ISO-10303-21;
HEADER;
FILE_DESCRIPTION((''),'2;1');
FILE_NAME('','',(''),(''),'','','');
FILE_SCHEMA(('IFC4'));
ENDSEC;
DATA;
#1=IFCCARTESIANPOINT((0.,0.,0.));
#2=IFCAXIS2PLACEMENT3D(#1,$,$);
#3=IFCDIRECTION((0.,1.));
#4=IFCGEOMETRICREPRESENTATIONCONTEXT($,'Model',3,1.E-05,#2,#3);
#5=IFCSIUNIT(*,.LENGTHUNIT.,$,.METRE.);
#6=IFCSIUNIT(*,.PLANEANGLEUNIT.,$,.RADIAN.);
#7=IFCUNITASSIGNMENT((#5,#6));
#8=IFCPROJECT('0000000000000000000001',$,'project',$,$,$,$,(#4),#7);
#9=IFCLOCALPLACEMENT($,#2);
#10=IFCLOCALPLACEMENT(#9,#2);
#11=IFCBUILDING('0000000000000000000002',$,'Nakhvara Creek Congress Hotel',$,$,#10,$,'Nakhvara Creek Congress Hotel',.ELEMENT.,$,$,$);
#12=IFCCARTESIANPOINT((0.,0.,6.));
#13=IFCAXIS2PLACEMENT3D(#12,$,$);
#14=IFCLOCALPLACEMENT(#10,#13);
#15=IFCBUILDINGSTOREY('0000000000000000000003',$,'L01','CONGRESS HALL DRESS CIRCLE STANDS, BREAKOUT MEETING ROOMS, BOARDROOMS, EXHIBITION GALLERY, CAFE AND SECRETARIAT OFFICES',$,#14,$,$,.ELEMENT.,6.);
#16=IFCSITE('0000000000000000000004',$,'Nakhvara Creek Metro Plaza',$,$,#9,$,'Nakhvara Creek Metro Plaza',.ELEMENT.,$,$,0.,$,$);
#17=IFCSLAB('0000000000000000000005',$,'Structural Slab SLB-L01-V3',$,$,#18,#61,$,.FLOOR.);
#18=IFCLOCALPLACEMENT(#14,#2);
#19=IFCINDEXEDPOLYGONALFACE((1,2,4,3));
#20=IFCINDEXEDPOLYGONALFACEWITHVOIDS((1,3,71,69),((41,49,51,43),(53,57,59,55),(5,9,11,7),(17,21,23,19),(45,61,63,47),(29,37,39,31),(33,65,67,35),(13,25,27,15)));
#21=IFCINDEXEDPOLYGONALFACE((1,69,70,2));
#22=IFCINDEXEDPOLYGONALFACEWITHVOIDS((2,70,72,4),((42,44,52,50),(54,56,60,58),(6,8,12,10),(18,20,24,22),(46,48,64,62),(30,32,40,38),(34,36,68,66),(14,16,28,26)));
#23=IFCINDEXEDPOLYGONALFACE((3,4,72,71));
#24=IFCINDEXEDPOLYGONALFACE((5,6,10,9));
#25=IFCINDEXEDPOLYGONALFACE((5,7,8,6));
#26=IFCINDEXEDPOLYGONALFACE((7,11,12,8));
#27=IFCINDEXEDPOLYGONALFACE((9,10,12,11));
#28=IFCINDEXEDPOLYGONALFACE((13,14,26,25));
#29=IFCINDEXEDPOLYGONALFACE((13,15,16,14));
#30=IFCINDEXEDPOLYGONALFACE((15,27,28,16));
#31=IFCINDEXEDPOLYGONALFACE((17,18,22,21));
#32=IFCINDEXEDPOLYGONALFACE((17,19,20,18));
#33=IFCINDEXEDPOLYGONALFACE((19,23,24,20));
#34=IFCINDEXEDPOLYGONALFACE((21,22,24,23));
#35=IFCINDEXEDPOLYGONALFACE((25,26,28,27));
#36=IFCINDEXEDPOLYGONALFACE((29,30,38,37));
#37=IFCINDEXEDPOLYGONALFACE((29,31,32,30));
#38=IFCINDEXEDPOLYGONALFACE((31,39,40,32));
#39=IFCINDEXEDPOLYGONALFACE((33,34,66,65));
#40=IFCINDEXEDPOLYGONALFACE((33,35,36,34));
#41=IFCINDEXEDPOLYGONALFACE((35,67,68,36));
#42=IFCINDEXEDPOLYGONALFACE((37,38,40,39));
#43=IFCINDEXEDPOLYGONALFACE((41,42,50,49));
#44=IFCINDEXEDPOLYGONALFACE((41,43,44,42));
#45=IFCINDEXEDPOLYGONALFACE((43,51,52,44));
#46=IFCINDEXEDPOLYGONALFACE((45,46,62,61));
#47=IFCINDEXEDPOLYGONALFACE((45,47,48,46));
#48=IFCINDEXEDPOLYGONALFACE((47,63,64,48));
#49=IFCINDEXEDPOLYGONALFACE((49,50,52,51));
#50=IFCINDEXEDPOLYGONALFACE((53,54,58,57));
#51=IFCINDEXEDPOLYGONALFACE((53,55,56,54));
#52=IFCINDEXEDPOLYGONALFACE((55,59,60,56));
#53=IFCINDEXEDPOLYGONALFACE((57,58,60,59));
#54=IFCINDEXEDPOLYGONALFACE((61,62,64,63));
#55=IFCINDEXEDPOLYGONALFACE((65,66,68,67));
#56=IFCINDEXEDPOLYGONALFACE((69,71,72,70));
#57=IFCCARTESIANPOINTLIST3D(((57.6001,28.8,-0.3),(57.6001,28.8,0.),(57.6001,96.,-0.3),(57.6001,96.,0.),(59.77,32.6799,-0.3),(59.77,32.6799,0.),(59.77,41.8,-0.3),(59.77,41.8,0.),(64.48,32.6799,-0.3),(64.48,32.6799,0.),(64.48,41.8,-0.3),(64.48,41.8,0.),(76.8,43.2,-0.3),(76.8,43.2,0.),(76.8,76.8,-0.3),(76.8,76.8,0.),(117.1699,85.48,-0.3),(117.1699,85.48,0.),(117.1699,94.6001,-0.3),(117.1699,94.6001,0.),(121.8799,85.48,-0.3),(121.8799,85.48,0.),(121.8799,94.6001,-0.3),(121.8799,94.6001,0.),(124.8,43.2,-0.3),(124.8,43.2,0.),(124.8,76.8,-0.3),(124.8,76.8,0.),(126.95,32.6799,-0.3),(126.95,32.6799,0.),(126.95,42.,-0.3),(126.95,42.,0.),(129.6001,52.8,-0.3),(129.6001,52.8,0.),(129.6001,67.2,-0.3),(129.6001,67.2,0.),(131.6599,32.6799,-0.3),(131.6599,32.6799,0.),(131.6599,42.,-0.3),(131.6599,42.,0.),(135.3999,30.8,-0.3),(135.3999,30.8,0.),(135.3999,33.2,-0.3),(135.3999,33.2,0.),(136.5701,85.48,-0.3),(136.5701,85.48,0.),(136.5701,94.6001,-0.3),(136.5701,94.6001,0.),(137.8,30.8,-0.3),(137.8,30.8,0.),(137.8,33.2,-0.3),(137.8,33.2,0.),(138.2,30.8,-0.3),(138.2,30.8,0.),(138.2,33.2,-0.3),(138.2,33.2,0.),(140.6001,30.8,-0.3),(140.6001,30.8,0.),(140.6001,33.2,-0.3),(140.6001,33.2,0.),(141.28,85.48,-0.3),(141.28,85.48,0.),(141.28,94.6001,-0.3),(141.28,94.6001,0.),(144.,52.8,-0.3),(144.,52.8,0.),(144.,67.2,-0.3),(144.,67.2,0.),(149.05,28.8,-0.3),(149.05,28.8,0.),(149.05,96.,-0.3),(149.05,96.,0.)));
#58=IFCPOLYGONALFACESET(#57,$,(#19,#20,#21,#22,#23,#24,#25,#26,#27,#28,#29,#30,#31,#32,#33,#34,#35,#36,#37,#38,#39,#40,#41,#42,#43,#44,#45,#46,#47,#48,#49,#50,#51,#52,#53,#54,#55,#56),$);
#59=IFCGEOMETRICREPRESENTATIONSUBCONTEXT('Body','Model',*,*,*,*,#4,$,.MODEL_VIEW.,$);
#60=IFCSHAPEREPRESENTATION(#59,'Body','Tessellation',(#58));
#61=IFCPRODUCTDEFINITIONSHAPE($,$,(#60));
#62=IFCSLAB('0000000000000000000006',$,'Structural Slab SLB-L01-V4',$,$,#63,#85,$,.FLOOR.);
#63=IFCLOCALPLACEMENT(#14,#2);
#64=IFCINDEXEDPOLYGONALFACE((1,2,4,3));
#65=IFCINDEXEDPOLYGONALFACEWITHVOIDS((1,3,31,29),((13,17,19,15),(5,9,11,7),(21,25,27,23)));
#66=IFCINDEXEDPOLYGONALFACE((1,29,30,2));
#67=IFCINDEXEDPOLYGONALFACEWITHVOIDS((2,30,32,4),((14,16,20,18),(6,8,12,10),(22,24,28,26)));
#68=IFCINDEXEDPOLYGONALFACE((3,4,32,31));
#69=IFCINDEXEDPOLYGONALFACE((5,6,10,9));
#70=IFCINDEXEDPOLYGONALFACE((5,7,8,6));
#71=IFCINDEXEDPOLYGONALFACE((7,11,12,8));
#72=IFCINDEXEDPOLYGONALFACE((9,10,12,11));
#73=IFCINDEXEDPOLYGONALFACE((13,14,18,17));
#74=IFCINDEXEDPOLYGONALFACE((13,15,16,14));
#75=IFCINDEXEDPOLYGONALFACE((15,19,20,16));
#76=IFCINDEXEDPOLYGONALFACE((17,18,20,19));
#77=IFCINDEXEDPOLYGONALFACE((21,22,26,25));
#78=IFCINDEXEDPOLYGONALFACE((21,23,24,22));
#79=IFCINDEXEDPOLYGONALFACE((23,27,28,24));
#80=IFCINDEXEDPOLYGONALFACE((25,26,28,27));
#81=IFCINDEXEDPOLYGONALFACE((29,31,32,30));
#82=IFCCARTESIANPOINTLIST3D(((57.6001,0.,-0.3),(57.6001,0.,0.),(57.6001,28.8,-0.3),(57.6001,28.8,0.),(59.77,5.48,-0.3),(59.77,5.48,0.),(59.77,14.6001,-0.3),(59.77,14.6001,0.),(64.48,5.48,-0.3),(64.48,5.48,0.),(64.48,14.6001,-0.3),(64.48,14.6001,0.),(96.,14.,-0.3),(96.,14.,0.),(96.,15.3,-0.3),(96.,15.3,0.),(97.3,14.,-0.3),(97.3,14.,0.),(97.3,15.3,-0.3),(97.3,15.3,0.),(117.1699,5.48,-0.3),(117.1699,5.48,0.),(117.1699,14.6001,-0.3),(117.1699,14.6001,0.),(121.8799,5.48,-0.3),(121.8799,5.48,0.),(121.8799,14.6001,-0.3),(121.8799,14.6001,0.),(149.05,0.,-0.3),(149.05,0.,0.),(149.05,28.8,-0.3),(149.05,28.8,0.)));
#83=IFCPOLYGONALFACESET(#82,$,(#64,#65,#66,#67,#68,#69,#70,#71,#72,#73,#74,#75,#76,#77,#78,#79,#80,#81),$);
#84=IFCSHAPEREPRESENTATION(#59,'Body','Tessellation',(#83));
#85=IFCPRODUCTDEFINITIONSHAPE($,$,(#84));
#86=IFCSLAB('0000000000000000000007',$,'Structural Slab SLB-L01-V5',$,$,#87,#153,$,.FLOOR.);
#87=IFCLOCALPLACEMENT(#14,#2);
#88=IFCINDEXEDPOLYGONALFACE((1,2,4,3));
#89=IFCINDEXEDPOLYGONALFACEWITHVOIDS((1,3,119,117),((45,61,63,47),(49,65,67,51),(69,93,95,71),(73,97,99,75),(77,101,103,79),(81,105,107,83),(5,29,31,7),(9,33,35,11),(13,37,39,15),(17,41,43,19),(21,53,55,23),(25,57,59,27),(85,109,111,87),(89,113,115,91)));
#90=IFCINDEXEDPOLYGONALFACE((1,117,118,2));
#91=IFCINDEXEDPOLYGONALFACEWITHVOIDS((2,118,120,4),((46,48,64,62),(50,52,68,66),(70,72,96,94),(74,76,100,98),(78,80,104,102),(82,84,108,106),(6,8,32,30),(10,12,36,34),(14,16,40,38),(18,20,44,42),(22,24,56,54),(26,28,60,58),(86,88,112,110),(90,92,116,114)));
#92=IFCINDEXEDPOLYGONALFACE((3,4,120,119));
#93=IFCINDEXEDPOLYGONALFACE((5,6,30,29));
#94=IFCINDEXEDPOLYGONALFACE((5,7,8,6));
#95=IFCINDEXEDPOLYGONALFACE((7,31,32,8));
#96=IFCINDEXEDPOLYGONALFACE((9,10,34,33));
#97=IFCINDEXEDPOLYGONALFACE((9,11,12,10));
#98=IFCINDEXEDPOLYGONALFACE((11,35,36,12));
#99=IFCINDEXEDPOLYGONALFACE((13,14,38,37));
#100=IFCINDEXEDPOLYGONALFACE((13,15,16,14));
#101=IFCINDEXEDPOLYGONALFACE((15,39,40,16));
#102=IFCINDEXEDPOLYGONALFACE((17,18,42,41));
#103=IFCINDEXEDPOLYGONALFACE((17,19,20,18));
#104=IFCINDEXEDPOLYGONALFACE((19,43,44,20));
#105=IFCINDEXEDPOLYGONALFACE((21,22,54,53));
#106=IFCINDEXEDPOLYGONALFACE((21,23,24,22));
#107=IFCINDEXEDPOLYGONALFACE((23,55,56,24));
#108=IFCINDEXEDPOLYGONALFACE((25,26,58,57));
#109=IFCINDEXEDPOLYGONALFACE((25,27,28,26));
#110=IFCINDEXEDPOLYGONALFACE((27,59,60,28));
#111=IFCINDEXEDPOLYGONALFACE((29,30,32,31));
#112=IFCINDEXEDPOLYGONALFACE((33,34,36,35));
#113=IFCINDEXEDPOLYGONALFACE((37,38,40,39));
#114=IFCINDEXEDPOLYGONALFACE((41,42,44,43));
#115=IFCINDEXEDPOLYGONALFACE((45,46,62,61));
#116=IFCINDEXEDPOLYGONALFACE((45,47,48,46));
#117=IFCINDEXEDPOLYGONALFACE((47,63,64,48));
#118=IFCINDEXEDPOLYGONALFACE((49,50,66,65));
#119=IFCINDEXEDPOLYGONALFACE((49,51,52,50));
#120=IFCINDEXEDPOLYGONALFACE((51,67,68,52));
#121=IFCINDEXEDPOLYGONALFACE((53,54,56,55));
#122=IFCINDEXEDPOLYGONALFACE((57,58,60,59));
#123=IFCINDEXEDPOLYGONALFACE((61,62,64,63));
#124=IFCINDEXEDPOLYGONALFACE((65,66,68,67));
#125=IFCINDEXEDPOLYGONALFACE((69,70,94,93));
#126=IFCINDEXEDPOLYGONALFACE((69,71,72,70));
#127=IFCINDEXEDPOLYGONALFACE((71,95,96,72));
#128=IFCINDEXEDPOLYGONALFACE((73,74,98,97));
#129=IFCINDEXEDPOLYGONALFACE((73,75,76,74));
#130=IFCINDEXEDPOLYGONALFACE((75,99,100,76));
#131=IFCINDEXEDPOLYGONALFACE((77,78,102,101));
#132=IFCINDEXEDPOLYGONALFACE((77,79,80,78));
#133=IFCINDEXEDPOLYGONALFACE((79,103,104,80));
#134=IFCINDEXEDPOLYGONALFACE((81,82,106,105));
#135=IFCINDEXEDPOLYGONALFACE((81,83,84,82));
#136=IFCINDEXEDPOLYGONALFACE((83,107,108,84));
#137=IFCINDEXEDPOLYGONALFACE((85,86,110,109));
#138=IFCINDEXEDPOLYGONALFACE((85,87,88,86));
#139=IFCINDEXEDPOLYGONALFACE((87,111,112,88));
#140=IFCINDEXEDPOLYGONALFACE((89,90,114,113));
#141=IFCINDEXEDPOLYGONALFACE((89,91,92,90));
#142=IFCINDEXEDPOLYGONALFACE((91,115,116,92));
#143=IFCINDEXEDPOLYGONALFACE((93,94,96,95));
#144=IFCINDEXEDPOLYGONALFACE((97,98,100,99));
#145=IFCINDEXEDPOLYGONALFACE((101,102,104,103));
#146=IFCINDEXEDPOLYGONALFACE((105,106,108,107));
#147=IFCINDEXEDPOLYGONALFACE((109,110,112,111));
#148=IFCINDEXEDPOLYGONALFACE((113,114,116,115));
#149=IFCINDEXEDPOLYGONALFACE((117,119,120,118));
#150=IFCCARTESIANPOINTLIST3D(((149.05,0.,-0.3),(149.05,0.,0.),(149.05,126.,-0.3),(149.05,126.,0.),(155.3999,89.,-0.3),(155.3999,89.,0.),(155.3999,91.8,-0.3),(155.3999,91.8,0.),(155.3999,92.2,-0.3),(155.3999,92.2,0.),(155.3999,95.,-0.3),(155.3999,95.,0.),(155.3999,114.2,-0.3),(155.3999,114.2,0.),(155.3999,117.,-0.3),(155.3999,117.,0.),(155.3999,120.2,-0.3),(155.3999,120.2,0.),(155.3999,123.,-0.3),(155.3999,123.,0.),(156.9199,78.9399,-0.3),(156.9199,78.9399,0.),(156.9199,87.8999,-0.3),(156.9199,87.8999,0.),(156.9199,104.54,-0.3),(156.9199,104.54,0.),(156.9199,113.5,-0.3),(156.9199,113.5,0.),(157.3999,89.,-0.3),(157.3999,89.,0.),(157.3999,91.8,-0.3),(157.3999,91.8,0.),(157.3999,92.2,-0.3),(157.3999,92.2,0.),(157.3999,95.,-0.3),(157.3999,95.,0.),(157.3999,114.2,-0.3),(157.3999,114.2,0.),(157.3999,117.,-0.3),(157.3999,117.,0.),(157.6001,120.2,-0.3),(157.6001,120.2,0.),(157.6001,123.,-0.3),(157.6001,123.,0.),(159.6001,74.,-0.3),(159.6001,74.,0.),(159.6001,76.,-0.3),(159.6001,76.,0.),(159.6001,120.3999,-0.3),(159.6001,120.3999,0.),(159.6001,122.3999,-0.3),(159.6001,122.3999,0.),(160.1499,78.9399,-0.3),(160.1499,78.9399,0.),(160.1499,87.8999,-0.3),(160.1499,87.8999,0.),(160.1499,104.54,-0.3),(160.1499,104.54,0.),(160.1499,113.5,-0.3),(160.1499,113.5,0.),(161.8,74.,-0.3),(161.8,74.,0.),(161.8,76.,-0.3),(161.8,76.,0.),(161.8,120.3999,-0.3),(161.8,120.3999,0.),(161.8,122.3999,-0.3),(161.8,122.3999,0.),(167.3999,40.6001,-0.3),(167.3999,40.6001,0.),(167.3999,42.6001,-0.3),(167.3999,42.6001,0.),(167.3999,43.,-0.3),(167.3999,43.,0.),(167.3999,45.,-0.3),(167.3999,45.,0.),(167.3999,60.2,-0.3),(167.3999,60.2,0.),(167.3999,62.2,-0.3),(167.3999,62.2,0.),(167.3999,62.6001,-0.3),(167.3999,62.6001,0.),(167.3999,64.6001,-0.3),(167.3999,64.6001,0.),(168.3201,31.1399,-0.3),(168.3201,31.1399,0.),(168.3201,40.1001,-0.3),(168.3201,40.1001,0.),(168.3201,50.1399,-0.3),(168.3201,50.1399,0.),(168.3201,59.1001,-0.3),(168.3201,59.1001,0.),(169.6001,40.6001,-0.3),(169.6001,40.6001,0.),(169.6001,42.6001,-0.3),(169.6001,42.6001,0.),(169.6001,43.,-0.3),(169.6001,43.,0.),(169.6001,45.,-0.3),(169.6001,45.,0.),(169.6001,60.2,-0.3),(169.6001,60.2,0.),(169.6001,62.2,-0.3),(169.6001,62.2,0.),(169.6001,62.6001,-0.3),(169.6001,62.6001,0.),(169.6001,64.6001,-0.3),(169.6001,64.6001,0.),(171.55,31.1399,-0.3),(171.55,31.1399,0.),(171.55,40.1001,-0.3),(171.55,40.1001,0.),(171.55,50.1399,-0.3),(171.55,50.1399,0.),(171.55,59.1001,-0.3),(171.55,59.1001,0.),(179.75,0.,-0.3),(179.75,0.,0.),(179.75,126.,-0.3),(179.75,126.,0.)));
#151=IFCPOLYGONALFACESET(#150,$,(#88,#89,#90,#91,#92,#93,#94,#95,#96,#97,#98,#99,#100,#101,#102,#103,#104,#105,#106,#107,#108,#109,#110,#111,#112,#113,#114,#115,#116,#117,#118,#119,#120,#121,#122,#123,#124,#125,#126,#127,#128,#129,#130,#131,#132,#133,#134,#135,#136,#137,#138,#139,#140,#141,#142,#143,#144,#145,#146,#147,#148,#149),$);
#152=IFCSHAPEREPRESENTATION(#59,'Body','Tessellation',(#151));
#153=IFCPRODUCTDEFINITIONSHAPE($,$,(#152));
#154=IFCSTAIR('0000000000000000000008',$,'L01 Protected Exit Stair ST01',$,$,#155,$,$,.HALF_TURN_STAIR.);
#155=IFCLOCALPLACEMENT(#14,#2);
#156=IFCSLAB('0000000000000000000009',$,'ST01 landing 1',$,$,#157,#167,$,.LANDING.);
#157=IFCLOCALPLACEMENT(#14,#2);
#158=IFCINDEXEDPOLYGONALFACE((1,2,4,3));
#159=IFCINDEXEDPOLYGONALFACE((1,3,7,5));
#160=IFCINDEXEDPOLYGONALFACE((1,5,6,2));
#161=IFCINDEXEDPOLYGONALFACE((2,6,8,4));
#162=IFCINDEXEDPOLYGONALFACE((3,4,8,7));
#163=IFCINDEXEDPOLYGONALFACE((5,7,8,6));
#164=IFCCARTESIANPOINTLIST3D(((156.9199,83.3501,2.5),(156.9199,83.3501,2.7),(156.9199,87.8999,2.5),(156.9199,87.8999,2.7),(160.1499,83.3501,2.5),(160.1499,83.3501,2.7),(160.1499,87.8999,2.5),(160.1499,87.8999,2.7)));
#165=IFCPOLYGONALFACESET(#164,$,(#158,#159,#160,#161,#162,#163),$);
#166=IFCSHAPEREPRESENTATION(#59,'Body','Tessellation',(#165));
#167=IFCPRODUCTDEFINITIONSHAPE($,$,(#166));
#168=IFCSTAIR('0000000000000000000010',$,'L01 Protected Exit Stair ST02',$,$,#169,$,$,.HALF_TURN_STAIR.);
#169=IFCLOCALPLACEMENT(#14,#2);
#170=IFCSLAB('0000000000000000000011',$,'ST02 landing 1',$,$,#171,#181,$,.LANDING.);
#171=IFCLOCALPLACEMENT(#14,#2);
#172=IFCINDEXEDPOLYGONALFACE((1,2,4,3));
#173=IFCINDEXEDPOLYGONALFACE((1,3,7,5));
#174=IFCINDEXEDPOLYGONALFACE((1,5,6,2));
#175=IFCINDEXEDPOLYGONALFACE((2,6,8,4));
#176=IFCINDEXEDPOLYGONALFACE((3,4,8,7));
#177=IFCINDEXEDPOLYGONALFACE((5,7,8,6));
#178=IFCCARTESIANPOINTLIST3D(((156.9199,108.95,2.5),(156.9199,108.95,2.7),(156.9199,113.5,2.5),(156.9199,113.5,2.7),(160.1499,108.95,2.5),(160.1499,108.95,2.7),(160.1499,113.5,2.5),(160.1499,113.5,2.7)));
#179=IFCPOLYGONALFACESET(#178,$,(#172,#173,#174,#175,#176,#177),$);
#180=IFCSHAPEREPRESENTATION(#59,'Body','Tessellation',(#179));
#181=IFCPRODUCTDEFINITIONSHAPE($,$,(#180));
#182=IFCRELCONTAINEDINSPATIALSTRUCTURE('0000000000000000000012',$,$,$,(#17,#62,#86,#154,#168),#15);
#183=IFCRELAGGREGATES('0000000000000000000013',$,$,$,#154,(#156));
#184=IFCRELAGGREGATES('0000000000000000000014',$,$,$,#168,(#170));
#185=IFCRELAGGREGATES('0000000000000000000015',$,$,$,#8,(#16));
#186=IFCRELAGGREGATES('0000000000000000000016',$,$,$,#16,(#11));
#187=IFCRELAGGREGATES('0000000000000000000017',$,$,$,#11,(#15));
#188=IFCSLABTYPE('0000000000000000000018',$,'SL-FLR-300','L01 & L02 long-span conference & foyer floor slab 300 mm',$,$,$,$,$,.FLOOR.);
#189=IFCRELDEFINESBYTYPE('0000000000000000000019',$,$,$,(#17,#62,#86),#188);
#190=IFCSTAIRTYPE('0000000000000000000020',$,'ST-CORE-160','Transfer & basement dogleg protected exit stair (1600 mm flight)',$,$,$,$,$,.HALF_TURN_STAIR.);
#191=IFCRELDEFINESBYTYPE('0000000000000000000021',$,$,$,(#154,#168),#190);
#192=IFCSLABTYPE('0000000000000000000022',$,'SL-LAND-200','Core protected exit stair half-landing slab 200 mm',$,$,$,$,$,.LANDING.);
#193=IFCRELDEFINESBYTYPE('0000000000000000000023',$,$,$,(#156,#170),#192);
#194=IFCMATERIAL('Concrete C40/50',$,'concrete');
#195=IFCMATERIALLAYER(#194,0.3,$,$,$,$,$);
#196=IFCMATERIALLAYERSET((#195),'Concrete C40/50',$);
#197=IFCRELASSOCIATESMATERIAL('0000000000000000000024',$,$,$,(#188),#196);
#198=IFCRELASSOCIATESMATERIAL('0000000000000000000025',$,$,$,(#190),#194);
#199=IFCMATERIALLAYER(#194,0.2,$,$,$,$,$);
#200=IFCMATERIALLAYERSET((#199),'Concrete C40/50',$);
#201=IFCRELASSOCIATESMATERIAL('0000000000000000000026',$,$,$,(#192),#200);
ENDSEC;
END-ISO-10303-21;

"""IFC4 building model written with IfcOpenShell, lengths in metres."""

from ifc_helpers import new_model, si_unit, direction, frame, origin, place, context, subcontext, project, spatial, polyline, outline, extrude, material, layer, layer_set, type_object, element, aggregate, save


model = new_model("IFC4")

# Units and contexts
model_context = context("Model", 3, precision=1e-05, world=origin(), true_north=direction((0.0, 1.0)))
body_context = subcontext(model_context, "Body", "Model", "MODEL_VIEW")
ifc_project = project(units=[si_unit("LENGTHUNIT", "METRE"), si_unit("PLANEANGLEUNIT", "RADIAN")], contexts=[model_context])

# Site, building, storey
site_placement = place(None, origin())
site = spatial("IfcSite", under=ifc_project, at=site_placement, Name="Nakhvara Creek Metro Plaza", LongName="Nakhvara Creek Metro Plaza", CompositionType="ELEMENT", RefElevation=0.0)
building_placement = place(site_placement, origin())
building = spatial("IfcBuilding", under=site, at=building_placement, Name="Nakhvara Creek Congress Hotel", LongName="Nakhvara Creek Congress Hotel", CompositionType="ELEMENT")
storey_placement = place(building_placement, frame((0.0, 0.0, 6.0)))
storey = spatial("IfcBuildingStorey", under=building, at=storey_placement, Name="L01", Description="CONGRESS HALL DRESS CIRCLE STANDS, BREAKOUT MEETING ROOMS, BOARDROOMS, EXHIBITION GALLERY, CAFE AND SECRETARIAT OFFICES", CompositionType="ELEMENT", Elevation=6.0)

# Slabs
ifc_material_1 = material(Name="Concrete C40/50", Category="concrete")
ifc_layer_1 = layer(ifc_material_1, 0.3)
ifc_layer_set_1 = layer_set([ifc_layer_1], Name="Concrete C40/50")
slab_type_1 = type_object("IfcSlabType", Name="SL-FLR-300", Description="L01 & L02 long-span conference & foyer floor slab 300 mm", PredefinedType="FLOOR", material=ifc_layer_set_1)
slab_1_placement = place(storey_placement, frame((0.0, 0.0, -0.3)))
element("IfcSlab", 1, at=slab_1_placement, inside=storey, type_object=slab_type_1, Name="Structural Slab SLB-L01-V3", PredefinedType="FLOOR", context=body_context, shape_type="SweptSolid", body=[
    extrude(outline(polyline([(57.6001, 96.0), (149.05, 96.0), (149.05, 28.8), (57.6001, 28.8), (57.6001, 96.0)]), holes=[polyline([(137.8, 30.8), (137.8, 33.2), (135.3999, 33.2), (135.3999, 30.8), (137.8, 30.8)]), polyline([(140.6001, 30.8), (140.6001, 33.2), (138.2, 33.2), (138.2, 30.8), (140.6001, 30.8)]), polyline([(64.48, 41.8), (59.77, 41.8), (59.77, 32.6799), (64.48, 32.6799), (64.48, 41.8)]), polyline([(131.6599, 42.0), (126.95, 42.0), (126.95, 32.6799), (131.6599, 32.6799), (131.6599, 42.0)]), polyline([(124.8, 43.2), (124.8, 76.8), (76.8, 76.8), (76.8, 43.2), (124.8, 43.2)]), polyline([(144.0, 52.8), (144.0, 67.2), (129.6001, 67.2), (129.6001, 52.8), (144.0, 52.8)]), polyline([(121.8799, 94.6001), (117.1699, 94.6001), (117.1699, 85.48), (121.8799, 85.48), (121.8799, 94.6001)]), polyline([(141.28, 94.6001), (136.5701, 94.6001), (136.5701, 85.48), (141.28, 85.48), (141.28, 94.6001)])]), origin(), (0.0, 0.0, 1.0), 0.3),
])
slab_2_placement = place(storey_placement, frame((0.0, 0.0, -0.3)))
element("IfcSlab", 2, at=slab_2_placement, inside=storey, type_object=slab_type_1, Name="Structural Slab SLB-L01-V4", PredefinedType="FLOOR", context=body_context, shape_type="SweptSolid", body=[
    extrude(outline(polyline([(57.6001, 28.8), (149.05, 28.8), (149.05, 0.0), (57.6001, 0.0), (57.6001, 28.8)]), holes=[polyline([(59.77, 5.48), (64.48, 5.48), (64.48, 14.6001), (59.77, 14.6001), (59.77, 5.48)]), polyline([(117.1699, 14.6001), (117.1699, 5.48), (121.8799, 5.48), (121.8799, 14.6001), (117.1699, 14.6001)]), polyline([(97.3, 15.3), (96.0, 15.3), (96.0, 14.0), (97.3, 14.0), (97.3, 15.3)])]), origin(), (0.0, 0.0, 1.0), 0.3),
])
slab_3_placement = place(storey_placement, frame((0.0, 0.0, -0.3)))
element("IfcSlab", 3, at=slab_3_placement, inside=storey, type_object=slab_type_1, Name="Structural Slab SLB-L01-V5", PredefinedType="FLOOR", context=body_context, shape_type="SweptSolid", body=[
    extrude(outline(polyline([(149.05, 126.0), (179.75, 126.0), (179.75, 0.0), (149.05, 0.0), (149.05, 126.0)]), holes=[polyline([(161.8, 74.0), (161.8, 76.0), (159.6001, 76.0), (159.6001, 74.0), (161.8, 74.0)]), polyline([(160.1499, 78.9399), (160.1499, 87.8999), (156.9199, 87.8999), (156.9199, 78.9399), (160.1499, 78.9399)]), polyline([(155.3999, 89.0), (157.3999, 89.0), (157.3999, 91.8), (155.3999, 91.8), (155.3999, 89.0)]), polyline([(155.3999, 92.2), (157.3999, 92.2), (157.3999, 95.0), (155.3999, 95.0), (155.3999, 92.2)]), polyline([(160.1499, 104.54), (160.1499, 113.5), (156.9199, 113.5), (156.9199, 104.54), (160.1499, 104.54)]), polyline([(155.3999, 114.2), (157.3999, 114.2), (157.3999, 117.0), (155.3999, 117.0), (155.3999, 114.2)]), polyline([(155.3999, 120.2), (157.6001, 120.2), (157.6001, 123.0), (155.3999, 123.0), (155.3999, 120.2)]), polyline([(171.55, 40.1001), (168.3201, 40.1001), (168.3201, 31.1399), (171.55, 31.1399), (171.55, 40.1001)]), polyline([(167.3999, 40.6001), (169.6001, 40.6001), (169.6001, 42.6001), (167.3999, 42.6001), (167.3999, 40.6001)]), polyline([(167.3999, 43.0), (169.6001, 43.0), (169.6001, 45.0), (167.3999, 45.0), (167.3999, 43.0)]), polyline([(171.55, 50.1399), (171.55, 59.1001), (168.3201, 59.1001), (168.3201, 50.1399), (171.55, 50.1399)]), polyline([(167.3999, 60.2), (169.6001, 60.2), (169.6001, 62.2), (167.3999, 62.2), (167.3999, 60.2)]), polyline([(167.3999, 62.6001), (169.6001, 62.6001), (169.6001, 64.6001), (167.3999, 64.6001), (167.3999, 62.6001)]), polyline([(159.6001, 120.3999), (161.8, 120.3999), (161.8, 122.3999), (159.6001, 122.3999), (159.6001, 120.3999)])]), origin(), (0.0, 0.0, 1.0), 0.3),
])

# Stairs, slabs
stair_type_1 = type_object("IfcStairType", Name="ST-CORE-160", Description="Transfer & basement dogleg protected exit stair (1600 mm flight)", PredefinedType="HALF_TURN_STAIR", material=ifc_material_1)
stair_1_placement = place(storey_placement, origin())
stair_1 = element("IfcStair", 4, at=stair_1_placement, inside=storey, type_object=stair_type_1, Name="L01 Protected Exit Stair ST01", PredefinedType="HALF_TURN_STAIR")
ifc_layer_2 = layer(ifc_material_1, 0.2)
ifc_layer_set_2 = layer_set([ifc_layer_2], Name="Concrete C40/50")
slab_type_2 = type_object("IfcSlabType", Name="SL-LAND-200", Description="Core protected exit stair half-landing slab 200 mm", PredefinedType="LANDING", material=ifc_layer_set_2)
slab_4_placement = place(storey_placement, frame((0.0, 0.0, 2.5)))
slab_4 = element("IfcSlab", 5, at=slab_4_placement, type_object=slab_type_2, Name="ST01 landing 1", PredefinedType="LANDING", context=body_context, shape_type="SweptSolid", body=[
    extrude(outline(polyline([(160.1499, 83.3501), (160.1499, 87.8999), (156.9199, 87.8999), (156.9199, 83.3501), (160.1499, 83.3501)])), origin(), (0.0, 0.0, 1.0), 0.2),
])
aggregate(stair_1, [slab_4])
stair_2_placement = place(storey_placement, origin())
stair_2 = element("IfcStair", 6, at=stair_2_placement, inside=storey, type_object=stair_type_1, Name="L01 Protected Exit Stair ST02", PredefinedType="HALF_TURN_STAIR")
slab_5_placement = place(storey_placement, frame((0.0, 0.0, 2.5)))
slab_5 = element("IfcSlab", 7, at=slab_5_placement, type_object=slab_type_2, Name="ST02 landing 1", PredefinedType="LANDING", context=body_context, shape_type="SweptSolid", body=[
    extrude(outline(polyline([(160.1499, 108.95), (160.1499, 113.5), (156.9199, 113.5), (156.9199, 108.95), (160.1499, 108.95)])), origin(), (0.0, 0.0, 1.0), 0.2),
])
aggregate(stair_2, [slab_5])

save(model, "model.ifc")
